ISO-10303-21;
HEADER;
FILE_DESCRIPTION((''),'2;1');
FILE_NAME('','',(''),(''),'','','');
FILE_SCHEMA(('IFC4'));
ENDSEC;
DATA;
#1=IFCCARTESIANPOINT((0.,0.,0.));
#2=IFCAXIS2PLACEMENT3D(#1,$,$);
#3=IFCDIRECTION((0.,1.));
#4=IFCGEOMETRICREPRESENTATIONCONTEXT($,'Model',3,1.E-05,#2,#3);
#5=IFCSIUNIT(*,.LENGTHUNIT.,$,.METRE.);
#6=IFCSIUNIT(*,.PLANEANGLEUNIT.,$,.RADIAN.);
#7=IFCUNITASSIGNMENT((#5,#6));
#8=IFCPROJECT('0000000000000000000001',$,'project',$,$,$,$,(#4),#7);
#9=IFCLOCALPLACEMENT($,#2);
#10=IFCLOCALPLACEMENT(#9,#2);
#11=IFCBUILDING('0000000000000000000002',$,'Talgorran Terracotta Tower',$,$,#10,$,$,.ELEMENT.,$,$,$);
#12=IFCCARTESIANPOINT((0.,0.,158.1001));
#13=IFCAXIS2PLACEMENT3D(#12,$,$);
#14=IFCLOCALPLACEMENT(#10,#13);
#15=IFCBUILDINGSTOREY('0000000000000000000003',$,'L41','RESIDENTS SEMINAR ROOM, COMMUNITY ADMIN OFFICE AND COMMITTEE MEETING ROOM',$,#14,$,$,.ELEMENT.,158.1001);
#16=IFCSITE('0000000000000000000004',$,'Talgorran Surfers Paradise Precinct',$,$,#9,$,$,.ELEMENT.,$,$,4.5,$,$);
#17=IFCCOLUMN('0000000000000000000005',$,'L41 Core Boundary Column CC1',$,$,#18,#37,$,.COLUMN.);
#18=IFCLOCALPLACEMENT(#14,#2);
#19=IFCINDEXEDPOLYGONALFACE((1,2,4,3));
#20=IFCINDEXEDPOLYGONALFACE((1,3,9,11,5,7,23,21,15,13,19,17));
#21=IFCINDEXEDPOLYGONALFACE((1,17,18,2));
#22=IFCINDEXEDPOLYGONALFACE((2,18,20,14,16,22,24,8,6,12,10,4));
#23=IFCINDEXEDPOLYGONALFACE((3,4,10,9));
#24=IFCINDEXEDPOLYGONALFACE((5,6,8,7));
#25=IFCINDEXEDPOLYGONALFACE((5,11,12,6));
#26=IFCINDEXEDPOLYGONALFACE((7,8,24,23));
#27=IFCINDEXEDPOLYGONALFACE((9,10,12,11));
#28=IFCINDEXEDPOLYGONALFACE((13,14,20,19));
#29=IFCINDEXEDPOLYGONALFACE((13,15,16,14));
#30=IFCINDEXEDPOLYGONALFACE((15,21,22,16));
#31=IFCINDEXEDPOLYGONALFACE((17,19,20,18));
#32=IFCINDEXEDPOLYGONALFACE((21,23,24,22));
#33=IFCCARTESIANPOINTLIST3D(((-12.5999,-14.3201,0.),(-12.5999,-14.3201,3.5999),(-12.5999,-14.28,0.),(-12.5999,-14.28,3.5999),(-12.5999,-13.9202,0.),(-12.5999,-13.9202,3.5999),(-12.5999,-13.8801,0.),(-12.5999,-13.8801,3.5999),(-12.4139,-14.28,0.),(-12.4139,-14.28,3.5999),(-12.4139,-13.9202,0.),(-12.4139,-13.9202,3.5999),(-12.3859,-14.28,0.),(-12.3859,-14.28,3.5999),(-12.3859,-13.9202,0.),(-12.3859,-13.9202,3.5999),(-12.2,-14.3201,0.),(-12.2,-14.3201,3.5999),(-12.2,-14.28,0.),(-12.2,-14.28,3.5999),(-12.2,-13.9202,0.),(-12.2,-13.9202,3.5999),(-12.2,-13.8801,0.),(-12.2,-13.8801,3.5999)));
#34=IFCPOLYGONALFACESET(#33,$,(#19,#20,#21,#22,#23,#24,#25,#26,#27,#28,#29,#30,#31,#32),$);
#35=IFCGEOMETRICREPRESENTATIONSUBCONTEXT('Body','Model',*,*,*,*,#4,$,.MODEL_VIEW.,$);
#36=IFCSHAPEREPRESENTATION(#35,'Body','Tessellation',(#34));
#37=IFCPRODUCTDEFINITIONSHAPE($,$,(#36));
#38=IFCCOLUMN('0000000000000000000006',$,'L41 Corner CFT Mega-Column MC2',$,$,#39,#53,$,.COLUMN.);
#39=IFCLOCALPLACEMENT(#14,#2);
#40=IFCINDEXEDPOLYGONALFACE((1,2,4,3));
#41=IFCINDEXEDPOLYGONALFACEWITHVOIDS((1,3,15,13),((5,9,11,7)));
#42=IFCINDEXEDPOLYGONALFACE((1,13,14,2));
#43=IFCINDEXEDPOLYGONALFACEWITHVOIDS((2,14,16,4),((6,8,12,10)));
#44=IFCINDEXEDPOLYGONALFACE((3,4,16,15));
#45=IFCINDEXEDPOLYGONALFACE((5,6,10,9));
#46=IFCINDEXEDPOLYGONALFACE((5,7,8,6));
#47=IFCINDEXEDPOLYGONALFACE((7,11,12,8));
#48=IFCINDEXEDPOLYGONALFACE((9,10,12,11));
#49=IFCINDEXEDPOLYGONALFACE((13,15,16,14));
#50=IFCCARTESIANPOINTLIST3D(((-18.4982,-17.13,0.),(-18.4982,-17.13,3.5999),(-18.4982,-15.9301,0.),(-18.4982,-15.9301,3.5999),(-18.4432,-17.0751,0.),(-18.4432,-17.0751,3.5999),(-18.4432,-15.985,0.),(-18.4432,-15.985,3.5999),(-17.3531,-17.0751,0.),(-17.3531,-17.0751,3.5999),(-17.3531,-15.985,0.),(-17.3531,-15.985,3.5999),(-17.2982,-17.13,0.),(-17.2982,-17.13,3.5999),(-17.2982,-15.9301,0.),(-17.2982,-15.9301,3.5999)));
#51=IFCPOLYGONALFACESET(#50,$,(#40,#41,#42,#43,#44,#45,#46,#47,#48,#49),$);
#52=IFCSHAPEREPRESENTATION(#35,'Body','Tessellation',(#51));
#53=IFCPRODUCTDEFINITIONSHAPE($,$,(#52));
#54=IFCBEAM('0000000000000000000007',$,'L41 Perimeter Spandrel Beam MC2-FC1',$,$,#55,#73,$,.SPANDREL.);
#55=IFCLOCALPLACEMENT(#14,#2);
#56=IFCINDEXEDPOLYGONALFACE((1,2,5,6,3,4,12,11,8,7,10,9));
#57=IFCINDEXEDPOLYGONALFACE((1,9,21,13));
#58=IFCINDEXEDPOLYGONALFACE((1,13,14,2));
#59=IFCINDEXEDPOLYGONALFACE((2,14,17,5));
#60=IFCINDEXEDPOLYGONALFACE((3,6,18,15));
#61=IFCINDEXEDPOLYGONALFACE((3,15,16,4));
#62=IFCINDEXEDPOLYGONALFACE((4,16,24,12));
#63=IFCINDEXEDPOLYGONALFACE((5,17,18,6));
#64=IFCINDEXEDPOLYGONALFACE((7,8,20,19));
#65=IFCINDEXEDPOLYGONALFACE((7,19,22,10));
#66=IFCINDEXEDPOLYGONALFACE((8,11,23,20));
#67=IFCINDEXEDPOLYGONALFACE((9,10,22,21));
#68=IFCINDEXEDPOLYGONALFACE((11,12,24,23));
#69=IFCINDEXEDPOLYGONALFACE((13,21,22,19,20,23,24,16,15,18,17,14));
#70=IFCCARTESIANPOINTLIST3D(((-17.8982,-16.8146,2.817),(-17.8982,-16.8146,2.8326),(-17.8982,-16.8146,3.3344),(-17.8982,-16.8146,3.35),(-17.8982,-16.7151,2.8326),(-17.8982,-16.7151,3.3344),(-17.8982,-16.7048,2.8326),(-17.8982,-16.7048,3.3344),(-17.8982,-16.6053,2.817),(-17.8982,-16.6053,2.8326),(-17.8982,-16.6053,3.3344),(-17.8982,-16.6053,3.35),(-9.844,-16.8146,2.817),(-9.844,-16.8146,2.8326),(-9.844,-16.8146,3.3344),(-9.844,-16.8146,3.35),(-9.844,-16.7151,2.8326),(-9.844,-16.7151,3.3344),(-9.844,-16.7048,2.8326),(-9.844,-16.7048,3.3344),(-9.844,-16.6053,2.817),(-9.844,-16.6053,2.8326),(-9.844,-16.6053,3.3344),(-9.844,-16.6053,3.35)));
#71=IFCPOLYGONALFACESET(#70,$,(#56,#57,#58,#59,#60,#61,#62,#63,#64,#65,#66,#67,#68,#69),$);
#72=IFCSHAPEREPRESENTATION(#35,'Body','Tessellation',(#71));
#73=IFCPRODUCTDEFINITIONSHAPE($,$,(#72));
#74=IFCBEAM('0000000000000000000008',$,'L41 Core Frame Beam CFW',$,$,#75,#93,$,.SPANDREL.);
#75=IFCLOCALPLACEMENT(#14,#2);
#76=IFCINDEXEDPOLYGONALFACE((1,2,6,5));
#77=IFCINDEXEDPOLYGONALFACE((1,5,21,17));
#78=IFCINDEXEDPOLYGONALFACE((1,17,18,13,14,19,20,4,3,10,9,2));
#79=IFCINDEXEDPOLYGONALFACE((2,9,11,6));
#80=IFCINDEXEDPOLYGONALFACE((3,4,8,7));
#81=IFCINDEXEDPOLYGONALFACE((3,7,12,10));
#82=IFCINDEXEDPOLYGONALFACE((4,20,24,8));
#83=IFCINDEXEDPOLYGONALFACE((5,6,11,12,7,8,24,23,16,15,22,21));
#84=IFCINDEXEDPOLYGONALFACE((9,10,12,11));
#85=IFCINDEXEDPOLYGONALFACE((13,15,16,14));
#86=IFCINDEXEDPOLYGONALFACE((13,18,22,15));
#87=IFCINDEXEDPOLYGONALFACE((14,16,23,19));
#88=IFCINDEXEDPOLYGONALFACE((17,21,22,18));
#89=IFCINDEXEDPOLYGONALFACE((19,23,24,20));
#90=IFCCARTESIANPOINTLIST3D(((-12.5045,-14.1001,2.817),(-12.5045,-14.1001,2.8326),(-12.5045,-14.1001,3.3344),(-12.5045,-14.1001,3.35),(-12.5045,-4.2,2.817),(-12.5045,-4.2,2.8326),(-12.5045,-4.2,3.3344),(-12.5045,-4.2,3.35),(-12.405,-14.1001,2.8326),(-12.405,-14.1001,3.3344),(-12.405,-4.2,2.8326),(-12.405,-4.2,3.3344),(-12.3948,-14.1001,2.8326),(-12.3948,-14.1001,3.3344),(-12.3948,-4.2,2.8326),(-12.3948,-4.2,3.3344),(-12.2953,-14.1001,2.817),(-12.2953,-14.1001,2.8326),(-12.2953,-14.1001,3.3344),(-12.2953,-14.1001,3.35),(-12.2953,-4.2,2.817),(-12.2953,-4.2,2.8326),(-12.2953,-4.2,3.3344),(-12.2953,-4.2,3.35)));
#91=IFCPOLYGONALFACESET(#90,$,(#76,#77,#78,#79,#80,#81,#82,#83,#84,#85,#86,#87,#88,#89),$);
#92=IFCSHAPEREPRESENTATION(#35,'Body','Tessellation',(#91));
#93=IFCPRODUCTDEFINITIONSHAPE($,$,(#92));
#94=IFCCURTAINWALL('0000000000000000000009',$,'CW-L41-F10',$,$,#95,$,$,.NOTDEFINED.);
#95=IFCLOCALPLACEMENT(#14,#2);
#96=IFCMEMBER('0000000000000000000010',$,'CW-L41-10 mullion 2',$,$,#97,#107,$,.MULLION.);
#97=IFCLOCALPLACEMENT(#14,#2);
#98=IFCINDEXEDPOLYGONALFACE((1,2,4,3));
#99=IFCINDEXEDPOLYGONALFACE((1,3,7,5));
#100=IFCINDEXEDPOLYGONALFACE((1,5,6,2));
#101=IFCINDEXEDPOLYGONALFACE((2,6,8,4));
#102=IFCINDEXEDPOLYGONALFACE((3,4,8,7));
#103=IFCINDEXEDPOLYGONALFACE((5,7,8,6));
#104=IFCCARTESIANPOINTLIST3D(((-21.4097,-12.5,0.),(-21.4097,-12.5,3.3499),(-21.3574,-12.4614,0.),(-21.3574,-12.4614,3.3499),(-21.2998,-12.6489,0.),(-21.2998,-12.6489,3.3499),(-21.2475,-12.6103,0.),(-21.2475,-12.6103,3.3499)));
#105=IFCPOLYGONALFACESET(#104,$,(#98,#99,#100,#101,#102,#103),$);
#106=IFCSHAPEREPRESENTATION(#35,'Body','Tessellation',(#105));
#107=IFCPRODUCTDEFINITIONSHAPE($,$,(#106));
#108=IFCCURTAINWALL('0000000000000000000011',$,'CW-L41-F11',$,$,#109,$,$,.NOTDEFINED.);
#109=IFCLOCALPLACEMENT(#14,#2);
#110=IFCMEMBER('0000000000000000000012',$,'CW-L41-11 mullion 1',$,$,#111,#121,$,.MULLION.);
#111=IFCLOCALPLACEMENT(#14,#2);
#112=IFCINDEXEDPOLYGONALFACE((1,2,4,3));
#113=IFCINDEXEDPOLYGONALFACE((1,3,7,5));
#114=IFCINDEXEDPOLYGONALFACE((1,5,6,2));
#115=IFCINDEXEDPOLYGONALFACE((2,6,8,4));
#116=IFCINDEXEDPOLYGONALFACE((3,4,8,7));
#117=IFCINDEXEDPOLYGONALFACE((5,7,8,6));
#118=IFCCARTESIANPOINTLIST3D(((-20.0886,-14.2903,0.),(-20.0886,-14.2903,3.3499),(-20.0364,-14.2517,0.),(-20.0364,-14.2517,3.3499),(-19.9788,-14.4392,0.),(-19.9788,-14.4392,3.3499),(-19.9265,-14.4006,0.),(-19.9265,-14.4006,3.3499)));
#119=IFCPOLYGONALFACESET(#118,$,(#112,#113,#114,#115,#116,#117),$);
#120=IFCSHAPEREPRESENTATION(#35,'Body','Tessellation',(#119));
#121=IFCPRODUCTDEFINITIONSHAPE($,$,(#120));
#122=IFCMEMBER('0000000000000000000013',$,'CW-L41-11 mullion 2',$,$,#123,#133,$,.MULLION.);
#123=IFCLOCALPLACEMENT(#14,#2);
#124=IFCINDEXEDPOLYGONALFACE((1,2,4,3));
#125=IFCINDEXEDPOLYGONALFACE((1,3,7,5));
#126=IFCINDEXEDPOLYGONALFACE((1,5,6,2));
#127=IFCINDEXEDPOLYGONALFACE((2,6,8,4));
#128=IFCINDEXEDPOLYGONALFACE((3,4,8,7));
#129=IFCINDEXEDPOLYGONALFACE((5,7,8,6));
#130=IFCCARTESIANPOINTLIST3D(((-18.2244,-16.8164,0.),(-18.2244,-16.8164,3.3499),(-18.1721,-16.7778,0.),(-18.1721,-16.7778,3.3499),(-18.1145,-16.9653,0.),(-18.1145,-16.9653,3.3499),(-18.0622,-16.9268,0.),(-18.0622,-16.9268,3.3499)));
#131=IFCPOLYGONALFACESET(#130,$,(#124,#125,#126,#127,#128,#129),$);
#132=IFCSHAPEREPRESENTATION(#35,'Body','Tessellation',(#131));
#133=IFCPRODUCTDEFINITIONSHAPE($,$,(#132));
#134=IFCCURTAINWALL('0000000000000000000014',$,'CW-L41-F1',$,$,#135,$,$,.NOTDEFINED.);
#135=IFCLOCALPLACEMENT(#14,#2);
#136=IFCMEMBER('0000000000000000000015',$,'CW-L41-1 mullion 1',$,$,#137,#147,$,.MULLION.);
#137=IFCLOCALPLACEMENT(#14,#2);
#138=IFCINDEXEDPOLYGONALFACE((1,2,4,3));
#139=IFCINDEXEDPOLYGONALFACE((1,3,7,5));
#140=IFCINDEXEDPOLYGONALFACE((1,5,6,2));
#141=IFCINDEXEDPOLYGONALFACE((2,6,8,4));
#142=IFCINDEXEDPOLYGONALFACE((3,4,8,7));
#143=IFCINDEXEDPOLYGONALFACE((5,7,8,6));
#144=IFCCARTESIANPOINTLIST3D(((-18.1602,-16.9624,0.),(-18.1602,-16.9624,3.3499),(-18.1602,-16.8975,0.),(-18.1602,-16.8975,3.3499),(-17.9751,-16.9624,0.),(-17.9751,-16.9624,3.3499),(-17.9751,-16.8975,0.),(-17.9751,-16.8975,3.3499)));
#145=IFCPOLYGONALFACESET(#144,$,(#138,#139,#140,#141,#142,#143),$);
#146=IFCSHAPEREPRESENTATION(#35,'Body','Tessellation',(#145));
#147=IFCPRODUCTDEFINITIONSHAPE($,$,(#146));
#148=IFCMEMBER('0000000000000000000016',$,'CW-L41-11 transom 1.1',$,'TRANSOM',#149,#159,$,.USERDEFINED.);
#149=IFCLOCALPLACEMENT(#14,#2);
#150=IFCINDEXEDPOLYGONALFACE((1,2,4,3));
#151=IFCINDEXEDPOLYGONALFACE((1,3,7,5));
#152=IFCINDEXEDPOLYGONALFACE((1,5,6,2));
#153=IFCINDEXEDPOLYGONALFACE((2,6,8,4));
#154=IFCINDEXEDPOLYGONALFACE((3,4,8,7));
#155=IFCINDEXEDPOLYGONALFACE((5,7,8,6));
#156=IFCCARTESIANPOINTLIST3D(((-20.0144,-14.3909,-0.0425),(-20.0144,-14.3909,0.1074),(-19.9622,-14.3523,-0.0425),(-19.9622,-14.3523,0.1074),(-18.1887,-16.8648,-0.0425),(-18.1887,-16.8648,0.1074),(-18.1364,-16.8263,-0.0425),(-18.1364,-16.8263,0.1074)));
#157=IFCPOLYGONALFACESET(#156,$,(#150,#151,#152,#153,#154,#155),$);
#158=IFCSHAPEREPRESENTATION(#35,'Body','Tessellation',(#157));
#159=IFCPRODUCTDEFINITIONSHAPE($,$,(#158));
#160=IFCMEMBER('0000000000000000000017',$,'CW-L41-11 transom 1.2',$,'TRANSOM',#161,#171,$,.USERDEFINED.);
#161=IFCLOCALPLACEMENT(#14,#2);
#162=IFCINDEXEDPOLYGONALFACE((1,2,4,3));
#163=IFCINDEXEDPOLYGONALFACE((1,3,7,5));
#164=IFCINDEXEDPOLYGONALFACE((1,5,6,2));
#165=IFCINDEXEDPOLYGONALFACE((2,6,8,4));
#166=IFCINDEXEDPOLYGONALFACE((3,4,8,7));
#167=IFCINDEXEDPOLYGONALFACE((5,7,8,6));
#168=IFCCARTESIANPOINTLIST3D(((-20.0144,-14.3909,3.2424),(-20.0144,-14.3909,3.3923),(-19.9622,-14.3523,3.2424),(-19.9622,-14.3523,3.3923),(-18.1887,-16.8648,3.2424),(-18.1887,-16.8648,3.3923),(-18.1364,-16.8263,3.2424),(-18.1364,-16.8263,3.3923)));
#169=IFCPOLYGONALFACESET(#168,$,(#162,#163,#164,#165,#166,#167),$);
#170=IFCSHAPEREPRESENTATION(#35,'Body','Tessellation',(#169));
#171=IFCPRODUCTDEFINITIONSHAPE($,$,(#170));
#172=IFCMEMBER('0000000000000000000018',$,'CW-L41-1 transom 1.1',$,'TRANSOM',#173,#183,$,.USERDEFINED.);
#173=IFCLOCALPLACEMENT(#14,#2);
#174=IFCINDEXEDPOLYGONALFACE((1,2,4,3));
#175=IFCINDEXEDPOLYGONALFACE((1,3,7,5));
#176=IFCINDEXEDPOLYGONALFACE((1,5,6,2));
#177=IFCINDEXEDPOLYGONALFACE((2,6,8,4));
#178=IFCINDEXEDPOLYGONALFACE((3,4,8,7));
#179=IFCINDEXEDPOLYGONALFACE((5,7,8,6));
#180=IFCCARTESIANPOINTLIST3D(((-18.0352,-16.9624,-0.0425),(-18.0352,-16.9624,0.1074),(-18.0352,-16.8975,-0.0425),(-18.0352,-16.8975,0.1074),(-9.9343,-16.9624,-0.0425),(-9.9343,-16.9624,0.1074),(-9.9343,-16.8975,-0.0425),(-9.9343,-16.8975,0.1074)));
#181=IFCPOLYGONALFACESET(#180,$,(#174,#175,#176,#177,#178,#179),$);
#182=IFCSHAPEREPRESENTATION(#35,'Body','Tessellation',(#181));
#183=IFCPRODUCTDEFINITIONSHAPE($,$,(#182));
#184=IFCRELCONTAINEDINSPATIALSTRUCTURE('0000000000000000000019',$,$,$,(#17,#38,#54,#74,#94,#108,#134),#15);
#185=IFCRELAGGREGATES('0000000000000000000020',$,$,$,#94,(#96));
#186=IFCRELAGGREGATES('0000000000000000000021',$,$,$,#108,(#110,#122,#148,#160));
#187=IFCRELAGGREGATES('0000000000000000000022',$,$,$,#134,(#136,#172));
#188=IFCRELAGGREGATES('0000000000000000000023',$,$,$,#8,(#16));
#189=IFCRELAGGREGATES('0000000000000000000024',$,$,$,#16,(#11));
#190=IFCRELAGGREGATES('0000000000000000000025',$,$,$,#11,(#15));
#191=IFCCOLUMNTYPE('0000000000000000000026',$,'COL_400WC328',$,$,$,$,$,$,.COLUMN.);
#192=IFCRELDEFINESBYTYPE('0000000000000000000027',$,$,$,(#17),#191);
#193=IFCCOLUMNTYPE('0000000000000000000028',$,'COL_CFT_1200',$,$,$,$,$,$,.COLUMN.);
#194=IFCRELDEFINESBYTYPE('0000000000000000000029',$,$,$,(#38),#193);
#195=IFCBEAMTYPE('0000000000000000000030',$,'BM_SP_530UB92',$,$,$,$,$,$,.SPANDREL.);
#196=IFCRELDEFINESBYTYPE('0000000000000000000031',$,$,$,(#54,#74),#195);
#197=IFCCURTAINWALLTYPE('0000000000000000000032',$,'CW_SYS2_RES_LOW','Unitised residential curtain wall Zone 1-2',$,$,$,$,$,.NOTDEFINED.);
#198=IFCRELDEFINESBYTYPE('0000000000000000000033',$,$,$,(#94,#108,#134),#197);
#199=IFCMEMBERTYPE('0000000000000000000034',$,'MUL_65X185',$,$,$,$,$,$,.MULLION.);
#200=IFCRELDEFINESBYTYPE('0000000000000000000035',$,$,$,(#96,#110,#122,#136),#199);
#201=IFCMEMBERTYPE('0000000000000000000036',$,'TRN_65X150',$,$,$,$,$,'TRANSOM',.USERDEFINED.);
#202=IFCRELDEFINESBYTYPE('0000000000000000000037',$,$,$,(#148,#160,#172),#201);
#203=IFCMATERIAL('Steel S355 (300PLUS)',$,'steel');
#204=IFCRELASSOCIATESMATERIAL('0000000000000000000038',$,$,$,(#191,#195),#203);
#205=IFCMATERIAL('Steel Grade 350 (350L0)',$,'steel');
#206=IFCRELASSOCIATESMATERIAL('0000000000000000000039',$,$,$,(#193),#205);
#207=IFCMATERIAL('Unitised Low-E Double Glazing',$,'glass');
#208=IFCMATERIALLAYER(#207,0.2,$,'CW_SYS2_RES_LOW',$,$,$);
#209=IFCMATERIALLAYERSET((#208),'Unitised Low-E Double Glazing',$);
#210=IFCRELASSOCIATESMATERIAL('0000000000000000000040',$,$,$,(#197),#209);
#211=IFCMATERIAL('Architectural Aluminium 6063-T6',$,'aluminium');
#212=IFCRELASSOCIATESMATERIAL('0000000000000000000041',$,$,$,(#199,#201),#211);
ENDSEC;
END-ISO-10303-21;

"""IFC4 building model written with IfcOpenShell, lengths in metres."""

from ifc_helpers import new_model, si_unit, direction, frame, origin, origin_2d, place, context, subcontext, project, spatial, rectangle, hollow_rectangle, i_section, extrude, material, layer, layer_set, material_profile, profile_set, type_object, element, aggregate, save


model = new_model("IFC4")

# Units and contexts
model_context = context("Model", 3, precision=1e-05, world=origin(), true_north=direction((0.0, 1.0)))
body_context = subcontext(model_context, "Body", "Model", "MODEL_VIEW")
ifc_project = project(units=[si_unit("LENGTHUNIT", "METRE"), si_unit("PLANEANGLEUNIT", "RADIAN")], contexts=[model_context])

# Site, building, storey
site_placement = place(None, origin())
site = spatial("IfcSite", under=ifc_project, at=site_placement, Name="Talgorran Surfers Paradise Precinct", CompositionType="ELEMENT", RefElevation=4.5)
building_placement = place(site_placement, origin())
building = spatial("IfcBuilding", under=site, at=building_placement, Name="Talgorran Terracotta Tower", CompositionType="ELEMENT")
storey_placement = place(building_placement, frame((0.0, 0.0, 158.1001)))
storey = spatial("IfcBuildingStorey", under=building, at=storey_placement, Name="L41", Description="RESIDENTS SEMINAR ROOM, COMMUNITY ADMIN OFFICE AND COMMITTEE MEETING ROOM", CompositionType="ELEMENT", Elevation=158.1001)

# Columns
ifc_material_1 = material(Name="Steel S355 (300PLUS)", Category="steel")
ifc_material_profile_1 = material_profile(ifc_material_1, i_section(OverallWidth=0.3999, OverallDepth=0.4399, WebThickness=0.0281, FlangeThickness=0.04, at=origin_2d()), Name="400WC328")
ifc_profile_set_1 = profile_set([ifc_material_profile_1], Name="Steel S355 (300PLUS)")
column_type_1 = type_object("IfcColumnType", Name="COL_400WC328", PredefinedType="COLUMN", material=ifc_profile_set_1)
column_1_placement = place(storey_placement, frame((-12.3999, -14.1001, 0.0), z_axis=(0.0, 0.0, 1.0), x_axis=(1.0, 0.0, 0.0)))
element("IfcColumn", 1, at=column_1_placement, inside=storey, type_object=column_type_1, Name="L41 Core Boundary Column CC1", PredefinedType="COLUMN", context=body_context, shape_type="SweptSolid", body=[
    extrude(i_section(OverallWidth=0.3999, OverallDepth=0.4399, WebThickness=0.0281, FlangeThickness=0.04, at=origin_2d()), origin(), (0.0, 0.0, 1.0), 3.5999),
])
ifc_material_2 = material(Name="Steel Grade 350 (350L0)", Category="steel")
ifc_material_profile_2 = material_profile(ifc_material_2, hollow_rectangle(XDim=1.2, YDim=1.2, WallThickness=0.0549, at=origin_2d()), Name="CFT1200X1200X55")
ifc_profile_set_2 = profile_set([ifc_material_profile_2], Name="Steel Grade 350 (350L0)")
column_type_2 = type_object("IfcColumnType", Name="COL_CFT_1200", PredefinedType="COLUMN", material=ifc_profile_set_2)
column_2_placement = place(storey_placement, frame((-17.8982, -16.53, 0.0), z_axis=(0.0, 0.0, 1.0), x_axis=(1.0, 0.0, 0.0)))
element("IfcColumn", 2, at=column_2_placement, inside=storey, type_object=column_type_2, Name="L41 Corner CFT Mega-Column MC2", PredefinedType="COLUMN", context=body_context, shape_type="SweptSolid", body=[
    extrude(hollow_rectangle(XDim=1.2, YDim=1.2, WallThickness=0.0549, at=origin_2d()), origin(), (0.0, 0.0, 1.0), 3.5999),
])

# Beams
ifc_material_profile_3 = material_profile(ifc_material_1, i_section(OverallWidth=0.2092, OverallDepth=0.533, WebThickness=0.0103, FlangeThickness=0.0156, at=origin_2d()), Name="530UB92.4")
ifc_profile_set_3 = profile_set([ifc_material_profile_3], Name="Steel S355 (300PLUS)")
beam_type = type_object("IfcBeamType", Name="BM_SP_530UB92", PredefinedType="SPANDREL", material=ifc_profile_set_3)
beam_1_placement = place(storey_placement, frame((-17.8982, -16.71, 3.0835), z_axis=(1.0, 0.0, 0.0), x_axis=(0.0, 1.0, 0.0)))
element("IfcBeam", 3, at=beam_1_placement, inside=storey, type_object=beam_type, Name="L41 Perimeter Spandrel Beam MC2-FC1", PredefinedType="SPANDREL", context=body_context, shape_type="SweptSolid", body=[
    extrude(i_section(OverallWidth=0.2092, OverallDepth=0.533, WebThickness=0.0103, FlangeThickness=0.0156, at=origin_2d()), origin(), (0.0, 0.0, 1.0), 8.0542),
])
beam_2_placement = place(storey_placement, frame((-12.3999, -14.1001, 3.0835), z_axis=(0.0, 1.0, 0.0), x_axis=(-1.0, 0.0, 0.0)))
element("IfcBeam", 4, at=beam_2_placement, inside=storey, type_object=beam_type, Name="L41 Core Frame Beam CFW", PredefinedType="SPANDREL", context=body_context, shape_type="SweptSolid", body=[
    extrude(i_section(OverallWidth=0.2092, OverallDepth=0.533, WebThickness=0.0103, FlangeThickness=0.0156, at=origin_2d()), origin(), (0.0, 0.0, 1.0), 9.9001),
])

# Curtain wall, member
ifc_material_3 = material(Name="Unitised Low-E Double Glazing", Category="glass")
ifc_layer_1 = layer(ifc_material_3, 0.2, Name="CW_SYS2_RES_LOW")
ifc_layer_set_1 = layer_set([ifc_layer_1], Name="Unitised Low-E Double Glazing")
curtain_wall_type = type_object("IfcCurtainWallType", Name="CW_SYS2_RES_LOW", Description="Unitised residential curtain wall Zone 1-2", PredefinedType="NOTDEFINED", material=ifc_layer_set_1)
curtain_wall_1_placement = place(storey_placement, origin())
curtain_wall_1 = element("IfcCurtainWall", 5, at=curtain_wall_1_placement, inside=storey, type_object=curtain_wall_type, Name="CW-L41-F10", PredefinedType="NOTDEFINED")
ifc_material_4 = material(Name="Architectural Aluminium 6063-T6", Category="aluminium")
ifc_material_profile_4 = material_profile(ifc_material_4, rectangle(XDim=0.0649, YDim=0.1851, at=origin_2d()), Name="CWM65X185")
ifc_profile_set_4 = profile_set([ifc_material_profile_4], Name="Architectural Aluminium 6063-T6")
member_type_1 = type_object("IfcMemberType", Name="MUL_65X185", PredefinedType="MULLION", material=ifc_profile_set_4)
member_1_placement = place(storey_placement, frame((-21.3286, -12.5552, 0.0), z_axis=(0.0, 0.0, 1.0), x_axis=(0.804619, 0.593791, 0.0)))
member_1 = element("IfcMember", 6, at=member_1_placement, type_object=member_type_1, Name="CW-L41-10 mullion 2", PredefinedType="MULLION", context=body_context, shape_type="SweptSolid", body=[
    extrude(rectangle(XDim=0.0649, YDim=0.1851, at=origin_2d()), origin(), (0.0, 0.0, 1.0), 3.3499),
])

# Curtain wall, members
curtain_wall_2_placement = place(storey_placement, origin())
curtain_wall_2 = element("IfcCurtainWall", 7, at=curtain_wall_2_placement, inside=storey, type_object=curtain_wall_type, Name="CW-L41-F11", PredefinedType="NOTDEFINED")
member_2_placement = place(storey_placement, frame((-20.0076, -14.3455, 0.0), z_axis=(0.0, 0.0, 1.0), x_axis=(0.804631, 0.593776, 0.0)))
member_2 = element("IfcMember", 8, at=member_2_placement, type_object=member_type_1, Name="CW-L41-11 mullion 1", PredefinedType="MULLION", context=body_context, shape_type="SweptSolid", body=[
    extrude(rectangle(XDim=0.0649, YDim=0.1851, at=origin_2d()), origin(), (0.0, 0.0, 1.0), 3.3499),
])
member_3_placement = place(storey_placement, frame((-18.1433, -16.8716, 0.0), z_axis=(0.0, 0.0, 1.0), x_axis=(0.804631, 0.593776, 0.0)))
member_3 = element("IfcMember", 9, at=member_3_placement, type_object=member_type_1, Name="CW-L41-11 mullion 2", PredefinedType="MULLION", context=body_context, shape_type="SweptSolid", body=[
    extrude(rectangle(XDim=0.0649, YDim=0.1851, at=origin_2d()), origin(), (0.0, 0.0, 1.0), 3.3499),
])

# Curtain wall, member
curtain_wall_3_placement = place(storey_placement, origin())
curtain_wall_3 = element("IfcCurtainWall", 10, at=curtain_wall_3_placement, inside=storey, type_object=curtain_wall_type, Name="CW-L41-F1", PredefinedType="NOTDEFINED")
member_4_placement = place(storey_placement, frame((-18.0676, -16.9299, 0.0), z_axis=(0.0, 0.0, 1.0), x_axis=(0.0, 1.0, 0.0)))
member_4 = element("IfcMember", 11, at=member_4_placement, type_object=member_type_1, Name="CW-L41-1 mullion 1", PredefinedType="MULLION", context=body_context, shape_type="SweptSolid", body=[
    extrude(rectangle(XDim=0.0649, YDim=0.1851, at=origin_2d()), origin(), (0.0, 0.0, 1.0), 3.3499),
])

# Members
ifc_material_profile_5 = material_profile(ifc_material_4, rectangle(XDim=0.0649, YDim=0.1499, at=origin_2d()), Name="CWT65X150")
ifc_profile_set_5 = profile_set([ifc_material_profile_5], Name="Architectural Aluminium 6063-T6")
member_type_2 = type_object("IfcMemberType", Name="TRN_65X150", ElementType="TRANSOM", PredefinedType="USERDEFINED", material=ifc_profile_set_5)
member_5_placement = place(storey_placement, frame((-19.9883, -14.3716, 0.0325), z_axis=(0.593795, -0.804617, 0.0), x_axis=(0.804617, 0.593795, 0.0)))
member_5 = element("IfcMember", 12, at=member_5_placement, type_object=member_type_2, Name="CW-L41-11 transom 1.1", ObjectType="TRANSOM", PredefinedType="USERDEFINED", context=body_context, shape_type="SweptSolid", body=[
    extrude(rectangle(XDim=0.0649, YDim=0.1499, at=origin_2d()), origin(), (0.0, 0.0, 1.0), 3.0747),
])
member_6_placement = place(storey_placement, frame((-19.9883, -14.3716, 3.3174), z_axis=(0.593795, -0.804617, 0.0), x_axis=(0.804617, 0.593795, 0.0)))
member_6 = element("IfcMember", 13, at=member_6_placement, type_object=member_type_2, Name="CW-L41-11 transom 1.2", ObjectType="TRANSOM", PredefinedType="USERDEFINED", context=body_context, shape_type="SweptSolid", body=[
    extrude(rectangle(XDim=0.0649, YDim=0.1499, at=origin_2d()), origin(), (0.0, 0.0, 1.0), 3.0747),
])
member_7_placement = place(storey_placement, frame((-18.0352, -16.9299, 0.0325), z_axis=(1.0, 0.0, 0.0), x_axis=(0.0, 1.0, 0.0)))
member_7 = element("IfcMember", 14, at=member_7_placement, type_object=member_type_2, Name="CW-L41-1 transom 1.1", ObjectType="TRANSOM", PredefinedType="USERDEFINED", context=body_context, shape_type="SweptSolid", body=[
    extrude(rectangle(XDim=0.0649, YDim=0.1499, at=origin_2d()), origin(), (0.0, 0.0, 1.0), 8.1008),
])

aggregate(curtain_wall_1, [member_1])
aggregate(curtain_wall_2, [member_2, member_3, member_5, member_6])
aggregate(curtain_wall_3, [member_4, member_7])

save(model, "model.ifc")
